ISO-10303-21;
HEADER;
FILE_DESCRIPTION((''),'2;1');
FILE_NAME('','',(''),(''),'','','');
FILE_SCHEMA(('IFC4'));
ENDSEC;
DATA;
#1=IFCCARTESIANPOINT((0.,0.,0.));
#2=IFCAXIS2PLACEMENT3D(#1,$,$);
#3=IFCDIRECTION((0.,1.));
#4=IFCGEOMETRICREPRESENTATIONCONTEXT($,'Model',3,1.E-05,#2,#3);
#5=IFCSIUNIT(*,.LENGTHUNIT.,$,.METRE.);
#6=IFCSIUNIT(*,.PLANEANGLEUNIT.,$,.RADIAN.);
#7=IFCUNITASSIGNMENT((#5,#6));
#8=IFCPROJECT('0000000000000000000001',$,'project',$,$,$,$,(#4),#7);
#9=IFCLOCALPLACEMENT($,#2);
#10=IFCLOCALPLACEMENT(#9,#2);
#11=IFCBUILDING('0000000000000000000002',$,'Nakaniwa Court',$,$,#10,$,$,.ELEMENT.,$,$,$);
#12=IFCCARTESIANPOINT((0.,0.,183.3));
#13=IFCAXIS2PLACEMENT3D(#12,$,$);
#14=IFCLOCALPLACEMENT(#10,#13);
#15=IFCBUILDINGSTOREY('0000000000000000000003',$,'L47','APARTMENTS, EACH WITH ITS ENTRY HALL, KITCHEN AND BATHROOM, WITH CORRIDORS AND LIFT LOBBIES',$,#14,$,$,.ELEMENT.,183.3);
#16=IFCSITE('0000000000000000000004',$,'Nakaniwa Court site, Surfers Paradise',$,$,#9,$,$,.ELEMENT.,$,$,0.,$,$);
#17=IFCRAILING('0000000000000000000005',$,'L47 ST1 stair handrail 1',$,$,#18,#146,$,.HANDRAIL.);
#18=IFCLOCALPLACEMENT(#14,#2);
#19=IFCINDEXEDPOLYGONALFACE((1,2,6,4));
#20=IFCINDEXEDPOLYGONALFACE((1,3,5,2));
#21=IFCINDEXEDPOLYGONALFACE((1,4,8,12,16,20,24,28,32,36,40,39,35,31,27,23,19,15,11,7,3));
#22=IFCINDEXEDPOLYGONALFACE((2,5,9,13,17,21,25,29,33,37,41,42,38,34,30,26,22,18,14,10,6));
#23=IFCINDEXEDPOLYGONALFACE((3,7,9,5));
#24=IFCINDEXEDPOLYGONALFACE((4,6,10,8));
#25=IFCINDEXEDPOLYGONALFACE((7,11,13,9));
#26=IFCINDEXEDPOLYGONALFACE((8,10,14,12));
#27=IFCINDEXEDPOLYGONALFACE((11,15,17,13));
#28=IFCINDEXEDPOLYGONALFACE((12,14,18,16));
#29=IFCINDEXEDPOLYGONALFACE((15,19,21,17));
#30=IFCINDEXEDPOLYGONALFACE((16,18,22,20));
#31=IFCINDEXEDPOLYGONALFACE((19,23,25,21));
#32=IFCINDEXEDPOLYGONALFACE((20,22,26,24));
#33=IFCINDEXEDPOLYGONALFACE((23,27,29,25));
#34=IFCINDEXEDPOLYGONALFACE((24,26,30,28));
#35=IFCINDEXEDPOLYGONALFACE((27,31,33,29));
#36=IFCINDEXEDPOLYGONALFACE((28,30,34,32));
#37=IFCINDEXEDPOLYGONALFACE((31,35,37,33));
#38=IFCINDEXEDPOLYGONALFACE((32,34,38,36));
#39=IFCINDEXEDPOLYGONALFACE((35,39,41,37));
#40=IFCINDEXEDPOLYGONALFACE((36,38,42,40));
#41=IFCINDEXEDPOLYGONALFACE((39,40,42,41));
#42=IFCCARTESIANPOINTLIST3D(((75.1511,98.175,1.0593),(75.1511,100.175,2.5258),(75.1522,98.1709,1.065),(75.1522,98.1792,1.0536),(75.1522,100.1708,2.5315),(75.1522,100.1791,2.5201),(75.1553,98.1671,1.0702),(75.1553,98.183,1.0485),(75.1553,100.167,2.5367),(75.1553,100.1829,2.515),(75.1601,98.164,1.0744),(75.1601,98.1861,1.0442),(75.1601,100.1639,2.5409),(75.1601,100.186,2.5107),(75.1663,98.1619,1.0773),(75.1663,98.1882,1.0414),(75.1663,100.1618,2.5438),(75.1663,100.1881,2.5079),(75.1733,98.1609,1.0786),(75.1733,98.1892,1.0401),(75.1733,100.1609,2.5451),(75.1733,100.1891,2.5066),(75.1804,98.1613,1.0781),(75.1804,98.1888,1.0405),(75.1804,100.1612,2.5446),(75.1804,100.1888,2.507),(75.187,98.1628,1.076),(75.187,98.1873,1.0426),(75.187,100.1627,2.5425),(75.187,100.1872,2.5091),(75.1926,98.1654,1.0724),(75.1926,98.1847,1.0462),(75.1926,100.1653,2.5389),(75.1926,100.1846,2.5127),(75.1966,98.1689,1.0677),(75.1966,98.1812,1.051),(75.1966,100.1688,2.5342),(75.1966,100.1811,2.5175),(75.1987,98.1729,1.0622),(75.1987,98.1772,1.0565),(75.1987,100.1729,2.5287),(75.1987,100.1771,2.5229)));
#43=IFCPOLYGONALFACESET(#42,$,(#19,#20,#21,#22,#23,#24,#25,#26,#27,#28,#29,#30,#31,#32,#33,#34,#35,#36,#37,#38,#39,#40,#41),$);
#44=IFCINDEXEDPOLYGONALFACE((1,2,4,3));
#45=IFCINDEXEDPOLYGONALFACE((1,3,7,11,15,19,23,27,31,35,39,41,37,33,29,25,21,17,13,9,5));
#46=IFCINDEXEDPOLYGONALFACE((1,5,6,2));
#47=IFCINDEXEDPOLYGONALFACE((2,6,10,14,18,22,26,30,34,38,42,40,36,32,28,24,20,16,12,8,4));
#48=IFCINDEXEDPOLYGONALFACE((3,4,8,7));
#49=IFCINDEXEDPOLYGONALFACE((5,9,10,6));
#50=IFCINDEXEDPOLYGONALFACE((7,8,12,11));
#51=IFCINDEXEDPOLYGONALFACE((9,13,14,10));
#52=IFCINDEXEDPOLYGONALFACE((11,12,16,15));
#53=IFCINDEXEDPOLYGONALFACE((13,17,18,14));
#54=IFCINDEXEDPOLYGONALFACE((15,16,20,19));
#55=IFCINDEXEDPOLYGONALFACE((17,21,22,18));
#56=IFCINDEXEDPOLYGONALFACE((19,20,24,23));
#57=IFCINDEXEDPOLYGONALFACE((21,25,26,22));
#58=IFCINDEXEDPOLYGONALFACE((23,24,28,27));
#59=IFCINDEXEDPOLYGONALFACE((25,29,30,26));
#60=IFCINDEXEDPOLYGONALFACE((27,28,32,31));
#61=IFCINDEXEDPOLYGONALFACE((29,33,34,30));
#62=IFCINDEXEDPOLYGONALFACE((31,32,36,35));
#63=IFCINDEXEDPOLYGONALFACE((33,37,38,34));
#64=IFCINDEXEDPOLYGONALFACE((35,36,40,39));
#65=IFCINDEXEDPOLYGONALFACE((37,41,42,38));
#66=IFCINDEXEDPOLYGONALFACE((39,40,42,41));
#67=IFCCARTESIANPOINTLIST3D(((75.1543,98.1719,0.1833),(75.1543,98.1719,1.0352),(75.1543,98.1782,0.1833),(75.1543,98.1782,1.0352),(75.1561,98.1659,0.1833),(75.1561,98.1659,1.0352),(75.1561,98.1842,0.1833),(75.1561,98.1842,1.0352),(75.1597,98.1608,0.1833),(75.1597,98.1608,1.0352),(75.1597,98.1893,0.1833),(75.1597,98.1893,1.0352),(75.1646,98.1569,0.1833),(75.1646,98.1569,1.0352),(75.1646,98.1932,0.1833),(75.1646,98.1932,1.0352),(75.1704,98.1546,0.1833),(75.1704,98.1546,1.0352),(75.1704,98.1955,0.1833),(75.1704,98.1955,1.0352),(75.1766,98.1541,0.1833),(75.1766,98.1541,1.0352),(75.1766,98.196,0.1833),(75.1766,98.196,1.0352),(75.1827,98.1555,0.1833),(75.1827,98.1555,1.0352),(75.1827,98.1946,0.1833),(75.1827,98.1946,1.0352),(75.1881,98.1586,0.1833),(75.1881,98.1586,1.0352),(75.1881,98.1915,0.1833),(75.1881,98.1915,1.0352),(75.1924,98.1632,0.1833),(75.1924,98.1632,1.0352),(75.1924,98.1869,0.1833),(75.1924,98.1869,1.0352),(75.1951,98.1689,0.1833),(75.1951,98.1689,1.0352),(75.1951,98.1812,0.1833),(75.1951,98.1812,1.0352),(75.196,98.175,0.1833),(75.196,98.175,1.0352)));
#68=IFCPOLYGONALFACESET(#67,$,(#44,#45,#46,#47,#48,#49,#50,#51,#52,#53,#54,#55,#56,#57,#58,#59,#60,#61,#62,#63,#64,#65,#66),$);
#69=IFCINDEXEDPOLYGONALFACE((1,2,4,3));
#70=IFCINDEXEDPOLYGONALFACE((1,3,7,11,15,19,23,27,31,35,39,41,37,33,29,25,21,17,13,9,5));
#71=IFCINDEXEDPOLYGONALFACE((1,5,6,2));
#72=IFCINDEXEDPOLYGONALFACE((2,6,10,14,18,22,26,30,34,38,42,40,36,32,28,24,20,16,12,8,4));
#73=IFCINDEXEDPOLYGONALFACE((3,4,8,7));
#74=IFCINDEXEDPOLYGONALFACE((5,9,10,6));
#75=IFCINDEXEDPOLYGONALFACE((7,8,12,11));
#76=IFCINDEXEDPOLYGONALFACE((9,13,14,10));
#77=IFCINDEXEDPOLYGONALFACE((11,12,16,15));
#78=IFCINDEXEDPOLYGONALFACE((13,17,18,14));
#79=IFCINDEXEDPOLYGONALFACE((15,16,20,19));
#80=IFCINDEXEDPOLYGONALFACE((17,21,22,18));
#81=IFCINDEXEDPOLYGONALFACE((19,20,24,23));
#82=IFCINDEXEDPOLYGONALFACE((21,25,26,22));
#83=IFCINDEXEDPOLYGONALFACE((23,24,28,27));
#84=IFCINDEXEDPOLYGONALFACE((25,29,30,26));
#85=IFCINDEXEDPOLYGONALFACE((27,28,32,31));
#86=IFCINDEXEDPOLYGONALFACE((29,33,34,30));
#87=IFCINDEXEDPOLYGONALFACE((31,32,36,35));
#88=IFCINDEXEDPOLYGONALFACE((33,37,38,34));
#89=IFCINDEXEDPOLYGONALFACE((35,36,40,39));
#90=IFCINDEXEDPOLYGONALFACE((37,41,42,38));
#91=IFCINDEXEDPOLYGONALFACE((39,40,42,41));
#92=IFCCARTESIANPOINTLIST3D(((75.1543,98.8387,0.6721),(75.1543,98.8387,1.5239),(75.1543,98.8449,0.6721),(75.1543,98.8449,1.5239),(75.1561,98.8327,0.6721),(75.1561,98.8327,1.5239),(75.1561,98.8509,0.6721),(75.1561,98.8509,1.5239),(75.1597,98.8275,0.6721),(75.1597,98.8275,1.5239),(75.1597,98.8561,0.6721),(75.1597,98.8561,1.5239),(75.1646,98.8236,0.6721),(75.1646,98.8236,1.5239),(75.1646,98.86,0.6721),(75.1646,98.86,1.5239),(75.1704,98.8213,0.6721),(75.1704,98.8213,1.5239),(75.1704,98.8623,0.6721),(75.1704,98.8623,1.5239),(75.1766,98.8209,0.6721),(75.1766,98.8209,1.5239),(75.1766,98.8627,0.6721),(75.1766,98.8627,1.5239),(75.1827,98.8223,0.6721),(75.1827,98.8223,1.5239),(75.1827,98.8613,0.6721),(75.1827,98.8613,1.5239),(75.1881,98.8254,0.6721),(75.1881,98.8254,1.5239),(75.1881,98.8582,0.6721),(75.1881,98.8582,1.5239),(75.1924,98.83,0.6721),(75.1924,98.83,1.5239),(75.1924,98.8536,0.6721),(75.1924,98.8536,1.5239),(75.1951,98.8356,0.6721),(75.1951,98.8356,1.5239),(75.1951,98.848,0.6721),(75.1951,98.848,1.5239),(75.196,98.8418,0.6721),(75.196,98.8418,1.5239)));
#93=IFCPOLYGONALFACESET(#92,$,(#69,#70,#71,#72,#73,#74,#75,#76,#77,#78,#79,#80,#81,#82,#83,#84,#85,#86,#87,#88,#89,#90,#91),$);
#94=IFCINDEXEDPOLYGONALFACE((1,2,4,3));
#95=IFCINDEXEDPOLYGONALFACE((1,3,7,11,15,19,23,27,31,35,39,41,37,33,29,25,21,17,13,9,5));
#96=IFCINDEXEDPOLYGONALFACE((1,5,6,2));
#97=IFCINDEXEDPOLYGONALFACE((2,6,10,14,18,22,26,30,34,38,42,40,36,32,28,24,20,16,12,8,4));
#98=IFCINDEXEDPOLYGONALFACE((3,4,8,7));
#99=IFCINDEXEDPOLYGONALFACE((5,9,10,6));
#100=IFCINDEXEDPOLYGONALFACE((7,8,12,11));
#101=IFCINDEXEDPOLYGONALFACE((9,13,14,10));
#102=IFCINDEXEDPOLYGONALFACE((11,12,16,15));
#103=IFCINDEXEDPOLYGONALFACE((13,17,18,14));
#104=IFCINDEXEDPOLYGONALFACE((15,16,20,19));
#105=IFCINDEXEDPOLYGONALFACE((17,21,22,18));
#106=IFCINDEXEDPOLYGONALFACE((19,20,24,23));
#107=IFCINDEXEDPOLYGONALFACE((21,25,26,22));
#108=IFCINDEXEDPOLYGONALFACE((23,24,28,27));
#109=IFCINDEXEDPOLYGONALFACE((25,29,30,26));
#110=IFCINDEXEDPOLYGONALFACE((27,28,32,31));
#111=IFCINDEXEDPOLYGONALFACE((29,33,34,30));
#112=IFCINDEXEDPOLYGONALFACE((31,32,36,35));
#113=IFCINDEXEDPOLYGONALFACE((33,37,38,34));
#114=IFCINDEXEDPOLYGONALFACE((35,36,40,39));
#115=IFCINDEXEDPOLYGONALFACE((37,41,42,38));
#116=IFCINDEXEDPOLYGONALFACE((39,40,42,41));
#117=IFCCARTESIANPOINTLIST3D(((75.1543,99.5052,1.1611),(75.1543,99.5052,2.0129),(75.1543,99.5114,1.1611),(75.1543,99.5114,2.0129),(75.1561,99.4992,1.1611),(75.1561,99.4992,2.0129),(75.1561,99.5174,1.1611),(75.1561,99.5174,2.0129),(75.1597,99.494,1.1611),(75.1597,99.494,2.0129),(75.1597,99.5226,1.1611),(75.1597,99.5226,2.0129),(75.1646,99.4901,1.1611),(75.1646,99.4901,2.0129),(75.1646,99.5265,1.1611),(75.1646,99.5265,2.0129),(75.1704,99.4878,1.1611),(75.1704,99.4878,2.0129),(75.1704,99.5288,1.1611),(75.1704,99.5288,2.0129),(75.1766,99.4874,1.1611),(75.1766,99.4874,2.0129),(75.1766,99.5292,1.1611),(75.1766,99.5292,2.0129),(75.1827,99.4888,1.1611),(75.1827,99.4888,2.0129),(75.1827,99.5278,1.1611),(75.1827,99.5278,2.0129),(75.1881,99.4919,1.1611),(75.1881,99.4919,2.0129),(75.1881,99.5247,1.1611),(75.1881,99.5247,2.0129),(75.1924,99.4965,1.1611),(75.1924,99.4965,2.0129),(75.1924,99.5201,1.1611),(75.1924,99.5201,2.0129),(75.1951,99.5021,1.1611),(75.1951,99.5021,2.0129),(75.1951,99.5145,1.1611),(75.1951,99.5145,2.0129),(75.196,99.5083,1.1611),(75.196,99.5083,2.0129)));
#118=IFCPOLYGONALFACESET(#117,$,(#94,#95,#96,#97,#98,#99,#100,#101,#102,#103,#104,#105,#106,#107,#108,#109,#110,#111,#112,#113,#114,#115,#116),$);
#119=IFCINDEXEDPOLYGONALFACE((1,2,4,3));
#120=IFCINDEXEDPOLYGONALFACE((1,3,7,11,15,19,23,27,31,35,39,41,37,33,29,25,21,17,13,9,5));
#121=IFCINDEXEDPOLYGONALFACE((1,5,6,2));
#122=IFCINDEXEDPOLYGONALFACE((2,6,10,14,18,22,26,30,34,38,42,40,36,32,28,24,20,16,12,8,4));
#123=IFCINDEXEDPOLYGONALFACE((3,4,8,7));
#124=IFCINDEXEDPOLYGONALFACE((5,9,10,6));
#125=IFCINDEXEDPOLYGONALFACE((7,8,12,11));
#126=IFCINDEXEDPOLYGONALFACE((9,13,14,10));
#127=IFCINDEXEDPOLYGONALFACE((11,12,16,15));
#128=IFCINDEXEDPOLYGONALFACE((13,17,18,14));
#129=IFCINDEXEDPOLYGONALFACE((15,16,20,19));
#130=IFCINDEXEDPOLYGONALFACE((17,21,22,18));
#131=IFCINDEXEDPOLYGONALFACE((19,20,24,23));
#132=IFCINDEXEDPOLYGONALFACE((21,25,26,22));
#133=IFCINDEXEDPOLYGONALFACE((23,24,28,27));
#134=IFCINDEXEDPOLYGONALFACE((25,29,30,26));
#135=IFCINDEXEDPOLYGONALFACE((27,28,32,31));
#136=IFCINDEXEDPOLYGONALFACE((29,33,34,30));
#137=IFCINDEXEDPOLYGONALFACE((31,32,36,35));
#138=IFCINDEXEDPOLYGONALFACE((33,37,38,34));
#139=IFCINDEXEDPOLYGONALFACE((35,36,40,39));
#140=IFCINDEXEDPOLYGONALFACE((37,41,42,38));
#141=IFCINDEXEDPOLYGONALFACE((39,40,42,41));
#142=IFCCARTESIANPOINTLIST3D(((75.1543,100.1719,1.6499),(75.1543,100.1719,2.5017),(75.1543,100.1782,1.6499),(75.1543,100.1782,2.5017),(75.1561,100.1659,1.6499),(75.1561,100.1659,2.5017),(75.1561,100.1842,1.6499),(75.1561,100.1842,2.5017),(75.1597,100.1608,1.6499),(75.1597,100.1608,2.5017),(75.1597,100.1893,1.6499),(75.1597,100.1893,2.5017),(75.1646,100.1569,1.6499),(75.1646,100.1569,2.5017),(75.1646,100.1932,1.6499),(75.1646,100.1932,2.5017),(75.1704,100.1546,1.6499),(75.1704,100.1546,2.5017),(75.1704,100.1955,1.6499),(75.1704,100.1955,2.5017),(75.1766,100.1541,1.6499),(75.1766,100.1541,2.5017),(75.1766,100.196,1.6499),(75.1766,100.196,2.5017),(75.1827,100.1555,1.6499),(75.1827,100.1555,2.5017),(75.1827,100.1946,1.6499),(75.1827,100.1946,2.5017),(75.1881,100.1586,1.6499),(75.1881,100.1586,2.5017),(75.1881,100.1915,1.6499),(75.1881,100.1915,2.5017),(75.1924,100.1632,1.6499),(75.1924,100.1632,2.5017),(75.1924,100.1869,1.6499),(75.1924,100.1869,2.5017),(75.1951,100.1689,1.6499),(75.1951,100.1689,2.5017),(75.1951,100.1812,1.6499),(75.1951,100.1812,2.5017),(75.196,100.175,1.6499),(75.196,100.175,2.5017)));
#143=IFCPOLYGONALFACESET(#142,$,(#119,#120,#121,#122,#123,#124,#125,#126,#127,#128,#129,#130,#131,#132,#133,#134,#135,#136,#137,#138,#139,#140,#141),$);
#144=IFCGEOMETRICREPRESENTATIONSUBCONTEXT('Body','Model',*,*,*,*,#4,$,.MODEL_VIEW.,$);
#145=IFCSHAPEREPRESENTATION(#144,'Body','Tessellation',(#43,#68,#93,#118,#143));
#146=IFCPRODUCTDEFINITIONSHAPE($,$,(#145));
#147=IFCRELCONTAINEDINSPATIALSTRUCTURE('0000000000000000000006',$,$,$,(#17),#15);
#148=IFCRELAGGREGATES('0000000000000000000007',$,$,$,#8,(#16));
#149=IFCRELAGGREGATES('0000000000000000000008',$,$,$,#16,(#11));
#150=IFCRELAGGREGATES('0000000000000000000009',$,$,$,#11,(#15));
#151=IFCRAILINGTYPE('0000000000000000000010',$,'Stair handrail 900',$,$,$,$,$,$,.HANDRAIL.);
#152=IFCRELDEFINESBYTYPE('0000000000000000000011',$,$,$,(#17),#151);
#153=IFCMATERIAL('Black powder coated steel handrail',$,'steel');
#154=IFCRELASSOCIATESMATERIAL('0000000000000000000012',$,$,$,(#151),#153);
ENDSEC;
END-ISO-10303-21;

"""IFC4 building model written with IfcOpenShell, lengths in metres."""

from ifc_helpers import new_model, si_unit, direction, frame, origin, origin_2d, place, context, subcontext, project, spatial, circle, extrude, material, type_object, element, save


model = new_model("IFC4")

# Units and contexts
model_context = context("Model", 3, precision=1e-05, world=origin(), true_north=direction((0.0, 1.0)))
body_context = subcontext(model_context, "Body", "Model", "MODEL_VIEW")
ifc_project = project(units=[si_unit("LENGTHUNIT", "METRE"), si_unit("PLANEANGLEUNIT", "RADIAN")], contexts=[model_context])

# Site, building, storey
site_placement = place(None, origin())
site = spatial("IfcSite", under=ifc_project, at=site_placement, Name="Nakaniwa Court site, Surfers Paradise", CompositionType="ELEMENT", RefElevation=0.0)
building_placement = place(site_placement, origin())
building = spatial("IfcBuilding", under=site, at=building_placement, Name="Nakaniwa Court", CompositionType="ELEMENT")
storey_placement = place(building_placement, frame((0.0, 0.0, 183.3)))
storey = spatial("IfcBuildingStorey", under=building, at=storey_placement, Name="L47", Description="APARTMENTS, EACH WITH ITS ENTRY HALL, KITCHEN AND BATHROOM, WITH CORRIDORS AND LIFT LOBBIES", CompositionType="ELEMENT", Elevation=183.3)

# Railing
ifc_material_1 = material(Name="Black powder coated steel handrail", Category="steel")
railing_type_1 = type_object("IfcRailingType", Name="Stair handrail 900", PredefinedType="HANDRAIL", material=ifc_material_1)
railing_1_placement = place(storey_placement, frame((75.175, 98.175, 0.1833)))
element("IfcRailing", 1, at=railing_1_placement, inside=storey, type_object=railing_type_1, Name="L47 ST1 stair handrail 1", PredefinedType="HANDRAIL", context=body_context, shape_type="SweptSolid", body=[
    extrude(circle(Radius=0.0239, at=origin_2d()), frame((0.0, 0.0, 0.876), z_axis=(0.0, 0.806427, 0.591334), x_axis=(-1.0, 0.0, 0.0)), (0.0, 0.0, 1.0), 2.48),
    extrude(circle(Radius=0.021, at=origin_2d()), origin(), (0.0, 0.0, 1.0), 0.8518),
    extrude(circle(Radius=0.021, at=origin_2d()), frame((0.0, 0.6667, 0.4888)), (0.0, 0.0, 1.0), 0.8518),
    extrude(circle(Radius=0.021, at=origin_2d()), frame((0.0, 1.3333, 0.9778)), (0.0, 0.0, 1.0), 0.8518),
    extrude(circle(Radius=0.021, at=origin_2d()), frame((0.0, 2.0, 1.4666)), (0.0, 0.0, 1.0), 0.8518),
])

save(model, "model.ifc")
